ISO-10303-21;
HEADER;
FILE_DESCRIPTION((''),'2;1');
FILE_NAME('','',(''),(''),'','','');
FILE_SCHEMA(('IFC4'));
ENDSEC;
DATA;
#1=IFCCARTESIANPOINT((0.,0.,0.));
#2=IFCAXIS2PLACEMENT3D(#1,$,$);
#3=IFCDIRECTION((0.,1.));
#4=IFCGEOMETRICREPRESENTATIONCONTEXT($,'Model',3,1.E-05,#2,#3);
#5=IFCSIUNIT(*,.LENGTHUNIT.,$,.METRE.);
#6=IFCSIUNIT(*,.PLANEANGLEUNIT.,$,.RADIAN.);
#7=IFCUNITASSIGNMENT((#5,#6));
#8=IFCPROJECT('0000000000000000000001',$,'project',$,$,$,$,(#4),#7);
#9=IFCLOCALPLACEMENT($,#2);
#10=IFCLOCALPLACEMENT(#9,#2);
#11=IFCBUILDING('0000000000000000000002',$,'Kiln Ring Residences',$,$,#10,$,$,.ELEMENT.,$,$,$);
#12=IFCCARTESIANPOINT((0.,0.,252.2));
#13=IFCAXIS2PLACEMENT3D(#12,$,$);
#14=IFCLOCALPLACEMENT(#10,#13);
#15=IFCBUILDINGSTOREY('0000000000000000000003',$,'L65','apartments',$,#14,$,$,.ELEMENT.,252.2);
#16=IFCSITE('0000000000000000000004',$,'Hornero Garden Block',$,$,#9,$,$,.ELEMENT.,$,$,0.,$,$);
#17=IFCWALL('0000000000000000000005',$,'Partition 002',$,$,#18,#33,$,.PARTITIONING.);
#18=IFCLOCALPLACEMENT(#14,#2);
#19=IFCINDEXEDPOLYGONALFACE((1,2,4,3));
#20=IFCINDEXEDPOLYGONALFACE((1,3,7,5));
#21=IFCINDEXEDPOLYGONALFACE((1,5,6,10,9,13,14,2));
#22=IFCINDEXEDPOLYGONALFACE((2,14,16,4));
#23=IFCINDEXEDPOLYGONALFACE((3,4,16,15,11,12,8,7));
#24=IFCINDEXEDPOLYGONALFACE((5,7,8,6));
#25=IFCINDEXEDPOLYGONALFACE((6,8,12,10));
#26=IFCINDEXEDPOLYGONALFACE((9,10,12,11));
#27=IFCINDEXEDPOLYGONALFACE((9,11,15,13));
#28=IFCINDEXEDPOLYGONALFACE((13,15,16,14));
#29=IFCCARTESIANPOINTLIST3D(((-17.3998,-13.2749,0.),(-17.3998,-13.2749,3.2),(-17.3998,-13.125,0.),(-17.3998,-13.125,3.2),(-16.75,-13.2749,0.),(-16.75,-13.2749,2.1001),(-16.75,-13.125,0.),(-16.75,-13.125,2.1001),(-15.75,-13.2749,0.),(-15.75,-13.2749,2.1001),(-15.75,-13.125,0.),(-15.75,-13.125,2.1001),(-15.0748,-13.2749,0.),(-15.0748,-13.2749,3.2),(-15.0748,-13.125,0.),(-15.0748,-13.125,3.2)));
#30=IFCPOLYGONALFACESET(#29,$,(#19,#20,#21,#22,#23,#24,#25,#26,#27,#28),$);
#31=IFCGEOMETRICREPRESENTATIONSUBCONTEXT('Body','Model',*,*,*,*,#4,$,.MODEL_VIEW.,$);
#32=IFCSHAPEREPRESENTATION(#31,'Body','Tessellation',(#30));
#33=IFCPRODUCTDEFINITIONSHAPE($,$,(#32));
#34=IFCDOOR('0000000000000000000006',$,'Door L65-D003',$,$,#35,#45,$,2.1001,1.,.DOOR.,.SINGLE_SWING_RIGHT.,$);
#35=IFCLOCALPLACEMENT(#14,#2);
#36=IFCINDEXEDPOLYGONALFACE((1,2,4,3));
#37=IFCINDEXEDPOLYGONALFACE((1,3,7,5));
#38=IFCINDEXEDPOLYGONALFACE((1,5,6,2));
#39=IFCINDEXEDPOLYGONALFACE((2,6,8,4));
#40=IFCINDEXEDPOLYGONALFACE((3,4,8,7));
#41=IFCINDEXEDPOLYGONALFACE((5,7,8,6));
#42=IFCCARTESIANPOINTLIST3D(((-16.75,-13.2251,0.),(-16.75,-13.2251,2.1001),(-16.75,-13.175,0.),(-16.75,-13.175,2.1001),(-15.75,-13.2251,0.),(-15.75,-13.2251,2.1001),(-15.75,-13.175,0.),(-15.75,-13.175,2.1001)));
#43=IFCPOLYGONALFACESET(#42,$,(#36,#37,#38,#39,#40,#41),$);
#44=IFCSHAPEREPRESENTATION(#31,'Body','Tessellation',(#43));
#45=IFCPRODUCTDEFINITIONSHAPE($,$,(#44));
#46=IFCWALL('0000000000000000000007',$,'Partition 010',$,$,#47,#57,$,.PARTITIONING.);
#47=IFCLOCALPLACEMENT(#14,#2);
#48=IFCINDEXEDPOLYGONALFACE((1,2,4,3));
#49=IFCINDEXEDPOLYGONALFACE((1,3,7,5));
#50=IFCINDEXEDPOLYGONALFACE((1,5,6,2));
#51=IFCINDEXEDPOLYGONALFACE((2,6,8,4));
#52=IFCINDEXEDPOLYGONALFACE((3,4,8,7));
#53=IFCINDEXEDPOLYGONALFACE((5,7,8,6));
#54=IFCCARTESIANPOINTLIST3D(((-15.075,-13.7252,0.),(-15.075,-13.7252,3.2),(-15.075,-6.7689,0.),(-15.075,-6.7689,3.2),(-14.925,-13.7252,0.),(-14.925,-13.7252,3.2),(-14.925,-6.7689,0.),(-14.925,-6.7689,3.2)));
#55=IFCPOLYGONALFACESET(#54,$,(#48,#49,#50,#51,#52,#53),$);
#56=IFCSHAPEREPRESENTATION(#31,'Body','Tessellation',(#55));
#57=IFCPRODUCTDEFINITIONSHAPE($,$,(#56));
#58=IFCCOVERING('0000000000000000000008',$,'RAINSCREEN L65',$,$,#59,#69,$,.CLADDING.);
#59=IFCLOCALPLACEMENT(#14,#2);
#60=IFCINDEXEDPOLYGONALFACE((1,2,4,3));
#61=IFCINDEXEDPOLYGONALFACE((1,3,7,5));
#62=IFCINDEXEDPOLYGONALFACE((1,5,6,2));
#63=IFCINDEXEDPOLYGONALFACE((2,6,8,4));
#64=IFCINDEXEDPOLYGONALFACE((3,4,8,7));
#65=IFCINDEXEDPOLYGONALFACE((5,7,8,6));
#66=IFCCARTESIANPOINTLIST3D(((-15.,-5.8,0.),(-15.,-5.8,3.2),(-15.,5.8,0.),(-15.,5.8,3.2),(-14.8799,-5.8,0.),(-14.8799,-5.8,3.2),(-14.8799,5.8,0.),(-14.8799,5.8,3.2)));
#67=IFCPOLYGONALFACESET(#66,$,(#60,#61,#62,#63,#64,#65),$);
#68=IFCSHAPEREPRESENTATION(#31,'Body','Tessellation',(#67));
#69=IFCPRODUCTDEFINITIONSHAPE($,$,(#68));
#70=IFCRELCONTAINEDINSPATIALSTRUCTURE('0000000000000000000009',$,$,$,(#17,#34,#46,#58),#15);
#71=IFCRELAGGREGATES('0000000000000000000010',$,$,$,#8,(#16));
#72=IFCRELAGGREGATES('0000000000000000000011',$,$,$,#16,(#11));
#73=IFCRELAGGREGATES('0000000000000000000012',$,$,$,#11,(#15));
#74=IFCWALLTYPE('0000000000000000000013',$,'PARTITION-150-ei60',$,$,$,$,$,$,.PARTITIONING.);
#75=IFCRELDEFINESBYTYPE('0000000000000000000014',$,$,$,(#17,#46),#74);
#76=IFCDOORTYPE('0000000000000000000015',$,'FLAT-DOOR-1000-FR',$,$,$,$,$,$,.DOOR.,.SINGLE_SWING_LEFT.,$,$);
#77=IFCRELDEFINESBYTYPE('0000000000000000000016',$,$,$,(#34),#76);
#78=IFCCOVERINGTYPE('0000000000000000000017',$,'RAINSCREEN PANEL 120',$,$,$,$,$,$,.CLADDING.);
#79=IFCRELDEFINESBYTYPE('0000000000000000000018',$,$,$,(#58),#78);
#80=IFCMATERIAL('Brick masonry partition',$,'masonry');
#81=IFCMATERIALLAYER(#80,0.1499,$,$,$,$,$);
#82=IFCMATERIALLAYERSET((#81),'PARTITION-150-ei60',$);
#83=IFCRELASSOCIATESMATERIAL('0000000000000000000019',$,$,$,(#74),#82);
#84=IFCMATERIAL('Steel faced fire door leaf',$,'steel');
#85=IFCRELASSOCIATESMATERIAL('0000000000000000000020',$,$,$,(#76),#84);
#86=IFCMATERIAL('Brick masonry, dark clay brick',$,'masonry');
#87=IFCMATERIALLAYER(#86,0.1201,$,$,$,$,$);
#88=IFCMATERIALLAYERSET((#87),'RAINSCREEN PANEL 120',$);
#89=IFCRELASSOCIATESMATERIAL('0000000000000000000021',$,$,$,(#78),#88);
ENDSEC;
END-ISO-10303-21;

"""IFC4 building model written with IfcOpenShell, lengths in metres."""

from ifc_helpers import new_model, si_unit, direction, frame, frame_2d, origin, place, context, subcontext, project, spatial, polyline, rectangle, outline, extrude, material, layer, layer_set, type_object, element, fill, save


model = new_model("IFC4")

# Units and contexts
model_context = context("Model", 3, precision=1e-05, world=origin(), true_north=direction((0.0, 1.0)))
body_context = subcontext(model_context, "Body", "Model", "MODEL_VIEW")
ifc_project = project(units=[si_unit("LENGTHUNIT", "METRE"), si_unit("PLANEANGLEUNIT", "RADIAN")], contexts=[model_context])

# Site, building, storey
site_placement = place(None, origin())
site = spatial("IfcSite", under=ifc_project, at=site_placement, Name="Hornero Garden Block", CompositionType="ELEMENT", RefElevation=0.0)
building_placement = place(site_placement, origin())
building = spatial("IfcBuilding", under=site, at=building_placement, Name="Kiln Ring Residences", CompositionType="ELEMENT")
storey_placement = place(building_placement, frame((0.0, 0.0, 252.2)))
storey = spatial("IfcBuildingStorey", under=building, at=storey_placement, Name="L65", Description="apartments", CompositionType="ELEMENT", Elevation=252.2)

# Shared definitions
ifc_material_1 = material(Name="Brick masonry partition", Category="masonry")
ifc_layer_1 = layer(ifc_material_1, 0.1499)
ifc_layer_set_1 = layer_set([ifc_layer_1], Name="PARTITION-150-ei60")
wall_type_1 = type_object("IfcWallType", Name="PARTITION-150-ei60", PredefinedType="PARTITIONING", material=ifc_layer_set_1)
ifc_material_2 = material(Name="Steel faced fire door leaf", Category="steel")
door_type_1 = type_object("IfcDoorType", Name="FLAT-DOOR-1000-FR", OperationType="SINGLE_SWING_LEFT", PredefinedType="DOOR", material=ifc_material_2)

# Wall, opening, door
wall_1_placement = place(storey_placement, frame((-17.3999, -13.2, 0.0), z_axis=(0.0, 0.0, 1.0), x_axis=(1.0, 0.0, 0.0)))
wall_1 = element("IfcWall", 1, at=wall_1_placement, inside=storey, type_object=wall_type_1, Name="Partition 002", PredefinedType="PARTITIONING", context=body_context, shape_type="SweptSolid", body=[
    extrude(rectangle(XDim=2.325, YDim=0.1499, at=frame_2d((1.1626, 0.0))), origin(), (0.0, 0.0, 1.0), 3.2),
])
opening_1_placement = place(wall_1_placement, frame((0.6499, 0.0, 0.0)))
opening_1 = element("IfcOpeningElement", 2, at=opening_1_placement, cuts=wall_1, PredefinedType="OPENING", context=body_context, shape_type="SweptSolid", body=[
    extrude(rectangle(XDim=1.0, YDim=2.1001, at=frame_2d((0.5, 1.05))), frame((0.0, 0.085, 0.0), z_axis=(0.0, -1.0, 0.0), x_axis=(1.0, 0.0, 0.0)), (0.0, 0.0, 1.0), 0.1699),
])
door_1_placement = place(opening_1_placement, origin())
door_1 = element("IfcDoor", 3, at=door_1_placement, inside=storey, type_object=door_type_1, Name="Door L65-D003", OperationType="SINGLE_SWING_RIGHT", OverallHeight=2.1001, OverallWidth=1.0, PredefinedType="DOOR", context=body_context, shape_type="SweptSolid", body=[
    extrude(rectangle(XDim=1.0, YDim=2.1001, at=frame_2d((0.5, 1.05))), frame((0.0, 0.0249, 0.0), z_axis=(0.0, -1.0, 0.0), x_axis=(1.0, 0.0, 0.0)), (0.0, 0.0, 1.0), 0.05),
])
fill(opening_1, door_1)

# Wall
wall_2_placement = place(storey_placement, frame((-15.0, -13.7251, 0.0), z_axis=(0.0, 0.0, 1.0), x_axis=(0.0, 1.0, 0.0)))
element("IfcWall", 4, at=wall_2_placement, inside=storey, type_object=wall_type_1, Name="Partition 010", PredefinedType="PARTITIONING", context=body_context, shape_type="SweptSolid", body=[
    extrude(rectangle(XDim=6.9563, YDim=0.1499, at=frame_2d((3.478, 0.0))), origin(), (0.0, 0.0, 1.0), 3.2),
])

# Covering
ifc_material_3 = material(Name="Brick masonry, dark clay brick", Category="masonry")
ifc_layer_2 = layer(ifc_material_3, 0.1201)
ifc_layer_set_2 = layer_set([ifc_layer_2], Name="RAINSCREEN PANEL 120")
covering_type = type_object("IfcCoveringType", Name="RAINSCREEN PANEL 120", PredefinedType="CLADDING", material=ifc_layer_set_2)
covering_placement = place(storey_placement, frame((-14.9399, -5.8, 0.0), z_axis=(0.0, 0.0, 1.0), x_axis=(0.0, 1.0, 0.0)))
element("IfcCovering", 5, at=covering_placement, inside=storey, type_object=covering_type, Name="RAINSCREEN L65", PredefinedType="CLADDING", context=body_context, shape_type="SweptSolid", body=[
    extrude(outline(polyline([(0.0, 0.0), (11.6001, 0.0), (11.6001, 3.2), (0.0, 3.2), (0.0, 0.0)])), frame((0.0, 0.0601, 0.0), z_axis=(0.0, -1.0, 0.0), x_axis=(1.0, 0.0, 0.0)), (0.0, 0.0, 1.0), 0.1201),
])

save(model, "model.ifc")
